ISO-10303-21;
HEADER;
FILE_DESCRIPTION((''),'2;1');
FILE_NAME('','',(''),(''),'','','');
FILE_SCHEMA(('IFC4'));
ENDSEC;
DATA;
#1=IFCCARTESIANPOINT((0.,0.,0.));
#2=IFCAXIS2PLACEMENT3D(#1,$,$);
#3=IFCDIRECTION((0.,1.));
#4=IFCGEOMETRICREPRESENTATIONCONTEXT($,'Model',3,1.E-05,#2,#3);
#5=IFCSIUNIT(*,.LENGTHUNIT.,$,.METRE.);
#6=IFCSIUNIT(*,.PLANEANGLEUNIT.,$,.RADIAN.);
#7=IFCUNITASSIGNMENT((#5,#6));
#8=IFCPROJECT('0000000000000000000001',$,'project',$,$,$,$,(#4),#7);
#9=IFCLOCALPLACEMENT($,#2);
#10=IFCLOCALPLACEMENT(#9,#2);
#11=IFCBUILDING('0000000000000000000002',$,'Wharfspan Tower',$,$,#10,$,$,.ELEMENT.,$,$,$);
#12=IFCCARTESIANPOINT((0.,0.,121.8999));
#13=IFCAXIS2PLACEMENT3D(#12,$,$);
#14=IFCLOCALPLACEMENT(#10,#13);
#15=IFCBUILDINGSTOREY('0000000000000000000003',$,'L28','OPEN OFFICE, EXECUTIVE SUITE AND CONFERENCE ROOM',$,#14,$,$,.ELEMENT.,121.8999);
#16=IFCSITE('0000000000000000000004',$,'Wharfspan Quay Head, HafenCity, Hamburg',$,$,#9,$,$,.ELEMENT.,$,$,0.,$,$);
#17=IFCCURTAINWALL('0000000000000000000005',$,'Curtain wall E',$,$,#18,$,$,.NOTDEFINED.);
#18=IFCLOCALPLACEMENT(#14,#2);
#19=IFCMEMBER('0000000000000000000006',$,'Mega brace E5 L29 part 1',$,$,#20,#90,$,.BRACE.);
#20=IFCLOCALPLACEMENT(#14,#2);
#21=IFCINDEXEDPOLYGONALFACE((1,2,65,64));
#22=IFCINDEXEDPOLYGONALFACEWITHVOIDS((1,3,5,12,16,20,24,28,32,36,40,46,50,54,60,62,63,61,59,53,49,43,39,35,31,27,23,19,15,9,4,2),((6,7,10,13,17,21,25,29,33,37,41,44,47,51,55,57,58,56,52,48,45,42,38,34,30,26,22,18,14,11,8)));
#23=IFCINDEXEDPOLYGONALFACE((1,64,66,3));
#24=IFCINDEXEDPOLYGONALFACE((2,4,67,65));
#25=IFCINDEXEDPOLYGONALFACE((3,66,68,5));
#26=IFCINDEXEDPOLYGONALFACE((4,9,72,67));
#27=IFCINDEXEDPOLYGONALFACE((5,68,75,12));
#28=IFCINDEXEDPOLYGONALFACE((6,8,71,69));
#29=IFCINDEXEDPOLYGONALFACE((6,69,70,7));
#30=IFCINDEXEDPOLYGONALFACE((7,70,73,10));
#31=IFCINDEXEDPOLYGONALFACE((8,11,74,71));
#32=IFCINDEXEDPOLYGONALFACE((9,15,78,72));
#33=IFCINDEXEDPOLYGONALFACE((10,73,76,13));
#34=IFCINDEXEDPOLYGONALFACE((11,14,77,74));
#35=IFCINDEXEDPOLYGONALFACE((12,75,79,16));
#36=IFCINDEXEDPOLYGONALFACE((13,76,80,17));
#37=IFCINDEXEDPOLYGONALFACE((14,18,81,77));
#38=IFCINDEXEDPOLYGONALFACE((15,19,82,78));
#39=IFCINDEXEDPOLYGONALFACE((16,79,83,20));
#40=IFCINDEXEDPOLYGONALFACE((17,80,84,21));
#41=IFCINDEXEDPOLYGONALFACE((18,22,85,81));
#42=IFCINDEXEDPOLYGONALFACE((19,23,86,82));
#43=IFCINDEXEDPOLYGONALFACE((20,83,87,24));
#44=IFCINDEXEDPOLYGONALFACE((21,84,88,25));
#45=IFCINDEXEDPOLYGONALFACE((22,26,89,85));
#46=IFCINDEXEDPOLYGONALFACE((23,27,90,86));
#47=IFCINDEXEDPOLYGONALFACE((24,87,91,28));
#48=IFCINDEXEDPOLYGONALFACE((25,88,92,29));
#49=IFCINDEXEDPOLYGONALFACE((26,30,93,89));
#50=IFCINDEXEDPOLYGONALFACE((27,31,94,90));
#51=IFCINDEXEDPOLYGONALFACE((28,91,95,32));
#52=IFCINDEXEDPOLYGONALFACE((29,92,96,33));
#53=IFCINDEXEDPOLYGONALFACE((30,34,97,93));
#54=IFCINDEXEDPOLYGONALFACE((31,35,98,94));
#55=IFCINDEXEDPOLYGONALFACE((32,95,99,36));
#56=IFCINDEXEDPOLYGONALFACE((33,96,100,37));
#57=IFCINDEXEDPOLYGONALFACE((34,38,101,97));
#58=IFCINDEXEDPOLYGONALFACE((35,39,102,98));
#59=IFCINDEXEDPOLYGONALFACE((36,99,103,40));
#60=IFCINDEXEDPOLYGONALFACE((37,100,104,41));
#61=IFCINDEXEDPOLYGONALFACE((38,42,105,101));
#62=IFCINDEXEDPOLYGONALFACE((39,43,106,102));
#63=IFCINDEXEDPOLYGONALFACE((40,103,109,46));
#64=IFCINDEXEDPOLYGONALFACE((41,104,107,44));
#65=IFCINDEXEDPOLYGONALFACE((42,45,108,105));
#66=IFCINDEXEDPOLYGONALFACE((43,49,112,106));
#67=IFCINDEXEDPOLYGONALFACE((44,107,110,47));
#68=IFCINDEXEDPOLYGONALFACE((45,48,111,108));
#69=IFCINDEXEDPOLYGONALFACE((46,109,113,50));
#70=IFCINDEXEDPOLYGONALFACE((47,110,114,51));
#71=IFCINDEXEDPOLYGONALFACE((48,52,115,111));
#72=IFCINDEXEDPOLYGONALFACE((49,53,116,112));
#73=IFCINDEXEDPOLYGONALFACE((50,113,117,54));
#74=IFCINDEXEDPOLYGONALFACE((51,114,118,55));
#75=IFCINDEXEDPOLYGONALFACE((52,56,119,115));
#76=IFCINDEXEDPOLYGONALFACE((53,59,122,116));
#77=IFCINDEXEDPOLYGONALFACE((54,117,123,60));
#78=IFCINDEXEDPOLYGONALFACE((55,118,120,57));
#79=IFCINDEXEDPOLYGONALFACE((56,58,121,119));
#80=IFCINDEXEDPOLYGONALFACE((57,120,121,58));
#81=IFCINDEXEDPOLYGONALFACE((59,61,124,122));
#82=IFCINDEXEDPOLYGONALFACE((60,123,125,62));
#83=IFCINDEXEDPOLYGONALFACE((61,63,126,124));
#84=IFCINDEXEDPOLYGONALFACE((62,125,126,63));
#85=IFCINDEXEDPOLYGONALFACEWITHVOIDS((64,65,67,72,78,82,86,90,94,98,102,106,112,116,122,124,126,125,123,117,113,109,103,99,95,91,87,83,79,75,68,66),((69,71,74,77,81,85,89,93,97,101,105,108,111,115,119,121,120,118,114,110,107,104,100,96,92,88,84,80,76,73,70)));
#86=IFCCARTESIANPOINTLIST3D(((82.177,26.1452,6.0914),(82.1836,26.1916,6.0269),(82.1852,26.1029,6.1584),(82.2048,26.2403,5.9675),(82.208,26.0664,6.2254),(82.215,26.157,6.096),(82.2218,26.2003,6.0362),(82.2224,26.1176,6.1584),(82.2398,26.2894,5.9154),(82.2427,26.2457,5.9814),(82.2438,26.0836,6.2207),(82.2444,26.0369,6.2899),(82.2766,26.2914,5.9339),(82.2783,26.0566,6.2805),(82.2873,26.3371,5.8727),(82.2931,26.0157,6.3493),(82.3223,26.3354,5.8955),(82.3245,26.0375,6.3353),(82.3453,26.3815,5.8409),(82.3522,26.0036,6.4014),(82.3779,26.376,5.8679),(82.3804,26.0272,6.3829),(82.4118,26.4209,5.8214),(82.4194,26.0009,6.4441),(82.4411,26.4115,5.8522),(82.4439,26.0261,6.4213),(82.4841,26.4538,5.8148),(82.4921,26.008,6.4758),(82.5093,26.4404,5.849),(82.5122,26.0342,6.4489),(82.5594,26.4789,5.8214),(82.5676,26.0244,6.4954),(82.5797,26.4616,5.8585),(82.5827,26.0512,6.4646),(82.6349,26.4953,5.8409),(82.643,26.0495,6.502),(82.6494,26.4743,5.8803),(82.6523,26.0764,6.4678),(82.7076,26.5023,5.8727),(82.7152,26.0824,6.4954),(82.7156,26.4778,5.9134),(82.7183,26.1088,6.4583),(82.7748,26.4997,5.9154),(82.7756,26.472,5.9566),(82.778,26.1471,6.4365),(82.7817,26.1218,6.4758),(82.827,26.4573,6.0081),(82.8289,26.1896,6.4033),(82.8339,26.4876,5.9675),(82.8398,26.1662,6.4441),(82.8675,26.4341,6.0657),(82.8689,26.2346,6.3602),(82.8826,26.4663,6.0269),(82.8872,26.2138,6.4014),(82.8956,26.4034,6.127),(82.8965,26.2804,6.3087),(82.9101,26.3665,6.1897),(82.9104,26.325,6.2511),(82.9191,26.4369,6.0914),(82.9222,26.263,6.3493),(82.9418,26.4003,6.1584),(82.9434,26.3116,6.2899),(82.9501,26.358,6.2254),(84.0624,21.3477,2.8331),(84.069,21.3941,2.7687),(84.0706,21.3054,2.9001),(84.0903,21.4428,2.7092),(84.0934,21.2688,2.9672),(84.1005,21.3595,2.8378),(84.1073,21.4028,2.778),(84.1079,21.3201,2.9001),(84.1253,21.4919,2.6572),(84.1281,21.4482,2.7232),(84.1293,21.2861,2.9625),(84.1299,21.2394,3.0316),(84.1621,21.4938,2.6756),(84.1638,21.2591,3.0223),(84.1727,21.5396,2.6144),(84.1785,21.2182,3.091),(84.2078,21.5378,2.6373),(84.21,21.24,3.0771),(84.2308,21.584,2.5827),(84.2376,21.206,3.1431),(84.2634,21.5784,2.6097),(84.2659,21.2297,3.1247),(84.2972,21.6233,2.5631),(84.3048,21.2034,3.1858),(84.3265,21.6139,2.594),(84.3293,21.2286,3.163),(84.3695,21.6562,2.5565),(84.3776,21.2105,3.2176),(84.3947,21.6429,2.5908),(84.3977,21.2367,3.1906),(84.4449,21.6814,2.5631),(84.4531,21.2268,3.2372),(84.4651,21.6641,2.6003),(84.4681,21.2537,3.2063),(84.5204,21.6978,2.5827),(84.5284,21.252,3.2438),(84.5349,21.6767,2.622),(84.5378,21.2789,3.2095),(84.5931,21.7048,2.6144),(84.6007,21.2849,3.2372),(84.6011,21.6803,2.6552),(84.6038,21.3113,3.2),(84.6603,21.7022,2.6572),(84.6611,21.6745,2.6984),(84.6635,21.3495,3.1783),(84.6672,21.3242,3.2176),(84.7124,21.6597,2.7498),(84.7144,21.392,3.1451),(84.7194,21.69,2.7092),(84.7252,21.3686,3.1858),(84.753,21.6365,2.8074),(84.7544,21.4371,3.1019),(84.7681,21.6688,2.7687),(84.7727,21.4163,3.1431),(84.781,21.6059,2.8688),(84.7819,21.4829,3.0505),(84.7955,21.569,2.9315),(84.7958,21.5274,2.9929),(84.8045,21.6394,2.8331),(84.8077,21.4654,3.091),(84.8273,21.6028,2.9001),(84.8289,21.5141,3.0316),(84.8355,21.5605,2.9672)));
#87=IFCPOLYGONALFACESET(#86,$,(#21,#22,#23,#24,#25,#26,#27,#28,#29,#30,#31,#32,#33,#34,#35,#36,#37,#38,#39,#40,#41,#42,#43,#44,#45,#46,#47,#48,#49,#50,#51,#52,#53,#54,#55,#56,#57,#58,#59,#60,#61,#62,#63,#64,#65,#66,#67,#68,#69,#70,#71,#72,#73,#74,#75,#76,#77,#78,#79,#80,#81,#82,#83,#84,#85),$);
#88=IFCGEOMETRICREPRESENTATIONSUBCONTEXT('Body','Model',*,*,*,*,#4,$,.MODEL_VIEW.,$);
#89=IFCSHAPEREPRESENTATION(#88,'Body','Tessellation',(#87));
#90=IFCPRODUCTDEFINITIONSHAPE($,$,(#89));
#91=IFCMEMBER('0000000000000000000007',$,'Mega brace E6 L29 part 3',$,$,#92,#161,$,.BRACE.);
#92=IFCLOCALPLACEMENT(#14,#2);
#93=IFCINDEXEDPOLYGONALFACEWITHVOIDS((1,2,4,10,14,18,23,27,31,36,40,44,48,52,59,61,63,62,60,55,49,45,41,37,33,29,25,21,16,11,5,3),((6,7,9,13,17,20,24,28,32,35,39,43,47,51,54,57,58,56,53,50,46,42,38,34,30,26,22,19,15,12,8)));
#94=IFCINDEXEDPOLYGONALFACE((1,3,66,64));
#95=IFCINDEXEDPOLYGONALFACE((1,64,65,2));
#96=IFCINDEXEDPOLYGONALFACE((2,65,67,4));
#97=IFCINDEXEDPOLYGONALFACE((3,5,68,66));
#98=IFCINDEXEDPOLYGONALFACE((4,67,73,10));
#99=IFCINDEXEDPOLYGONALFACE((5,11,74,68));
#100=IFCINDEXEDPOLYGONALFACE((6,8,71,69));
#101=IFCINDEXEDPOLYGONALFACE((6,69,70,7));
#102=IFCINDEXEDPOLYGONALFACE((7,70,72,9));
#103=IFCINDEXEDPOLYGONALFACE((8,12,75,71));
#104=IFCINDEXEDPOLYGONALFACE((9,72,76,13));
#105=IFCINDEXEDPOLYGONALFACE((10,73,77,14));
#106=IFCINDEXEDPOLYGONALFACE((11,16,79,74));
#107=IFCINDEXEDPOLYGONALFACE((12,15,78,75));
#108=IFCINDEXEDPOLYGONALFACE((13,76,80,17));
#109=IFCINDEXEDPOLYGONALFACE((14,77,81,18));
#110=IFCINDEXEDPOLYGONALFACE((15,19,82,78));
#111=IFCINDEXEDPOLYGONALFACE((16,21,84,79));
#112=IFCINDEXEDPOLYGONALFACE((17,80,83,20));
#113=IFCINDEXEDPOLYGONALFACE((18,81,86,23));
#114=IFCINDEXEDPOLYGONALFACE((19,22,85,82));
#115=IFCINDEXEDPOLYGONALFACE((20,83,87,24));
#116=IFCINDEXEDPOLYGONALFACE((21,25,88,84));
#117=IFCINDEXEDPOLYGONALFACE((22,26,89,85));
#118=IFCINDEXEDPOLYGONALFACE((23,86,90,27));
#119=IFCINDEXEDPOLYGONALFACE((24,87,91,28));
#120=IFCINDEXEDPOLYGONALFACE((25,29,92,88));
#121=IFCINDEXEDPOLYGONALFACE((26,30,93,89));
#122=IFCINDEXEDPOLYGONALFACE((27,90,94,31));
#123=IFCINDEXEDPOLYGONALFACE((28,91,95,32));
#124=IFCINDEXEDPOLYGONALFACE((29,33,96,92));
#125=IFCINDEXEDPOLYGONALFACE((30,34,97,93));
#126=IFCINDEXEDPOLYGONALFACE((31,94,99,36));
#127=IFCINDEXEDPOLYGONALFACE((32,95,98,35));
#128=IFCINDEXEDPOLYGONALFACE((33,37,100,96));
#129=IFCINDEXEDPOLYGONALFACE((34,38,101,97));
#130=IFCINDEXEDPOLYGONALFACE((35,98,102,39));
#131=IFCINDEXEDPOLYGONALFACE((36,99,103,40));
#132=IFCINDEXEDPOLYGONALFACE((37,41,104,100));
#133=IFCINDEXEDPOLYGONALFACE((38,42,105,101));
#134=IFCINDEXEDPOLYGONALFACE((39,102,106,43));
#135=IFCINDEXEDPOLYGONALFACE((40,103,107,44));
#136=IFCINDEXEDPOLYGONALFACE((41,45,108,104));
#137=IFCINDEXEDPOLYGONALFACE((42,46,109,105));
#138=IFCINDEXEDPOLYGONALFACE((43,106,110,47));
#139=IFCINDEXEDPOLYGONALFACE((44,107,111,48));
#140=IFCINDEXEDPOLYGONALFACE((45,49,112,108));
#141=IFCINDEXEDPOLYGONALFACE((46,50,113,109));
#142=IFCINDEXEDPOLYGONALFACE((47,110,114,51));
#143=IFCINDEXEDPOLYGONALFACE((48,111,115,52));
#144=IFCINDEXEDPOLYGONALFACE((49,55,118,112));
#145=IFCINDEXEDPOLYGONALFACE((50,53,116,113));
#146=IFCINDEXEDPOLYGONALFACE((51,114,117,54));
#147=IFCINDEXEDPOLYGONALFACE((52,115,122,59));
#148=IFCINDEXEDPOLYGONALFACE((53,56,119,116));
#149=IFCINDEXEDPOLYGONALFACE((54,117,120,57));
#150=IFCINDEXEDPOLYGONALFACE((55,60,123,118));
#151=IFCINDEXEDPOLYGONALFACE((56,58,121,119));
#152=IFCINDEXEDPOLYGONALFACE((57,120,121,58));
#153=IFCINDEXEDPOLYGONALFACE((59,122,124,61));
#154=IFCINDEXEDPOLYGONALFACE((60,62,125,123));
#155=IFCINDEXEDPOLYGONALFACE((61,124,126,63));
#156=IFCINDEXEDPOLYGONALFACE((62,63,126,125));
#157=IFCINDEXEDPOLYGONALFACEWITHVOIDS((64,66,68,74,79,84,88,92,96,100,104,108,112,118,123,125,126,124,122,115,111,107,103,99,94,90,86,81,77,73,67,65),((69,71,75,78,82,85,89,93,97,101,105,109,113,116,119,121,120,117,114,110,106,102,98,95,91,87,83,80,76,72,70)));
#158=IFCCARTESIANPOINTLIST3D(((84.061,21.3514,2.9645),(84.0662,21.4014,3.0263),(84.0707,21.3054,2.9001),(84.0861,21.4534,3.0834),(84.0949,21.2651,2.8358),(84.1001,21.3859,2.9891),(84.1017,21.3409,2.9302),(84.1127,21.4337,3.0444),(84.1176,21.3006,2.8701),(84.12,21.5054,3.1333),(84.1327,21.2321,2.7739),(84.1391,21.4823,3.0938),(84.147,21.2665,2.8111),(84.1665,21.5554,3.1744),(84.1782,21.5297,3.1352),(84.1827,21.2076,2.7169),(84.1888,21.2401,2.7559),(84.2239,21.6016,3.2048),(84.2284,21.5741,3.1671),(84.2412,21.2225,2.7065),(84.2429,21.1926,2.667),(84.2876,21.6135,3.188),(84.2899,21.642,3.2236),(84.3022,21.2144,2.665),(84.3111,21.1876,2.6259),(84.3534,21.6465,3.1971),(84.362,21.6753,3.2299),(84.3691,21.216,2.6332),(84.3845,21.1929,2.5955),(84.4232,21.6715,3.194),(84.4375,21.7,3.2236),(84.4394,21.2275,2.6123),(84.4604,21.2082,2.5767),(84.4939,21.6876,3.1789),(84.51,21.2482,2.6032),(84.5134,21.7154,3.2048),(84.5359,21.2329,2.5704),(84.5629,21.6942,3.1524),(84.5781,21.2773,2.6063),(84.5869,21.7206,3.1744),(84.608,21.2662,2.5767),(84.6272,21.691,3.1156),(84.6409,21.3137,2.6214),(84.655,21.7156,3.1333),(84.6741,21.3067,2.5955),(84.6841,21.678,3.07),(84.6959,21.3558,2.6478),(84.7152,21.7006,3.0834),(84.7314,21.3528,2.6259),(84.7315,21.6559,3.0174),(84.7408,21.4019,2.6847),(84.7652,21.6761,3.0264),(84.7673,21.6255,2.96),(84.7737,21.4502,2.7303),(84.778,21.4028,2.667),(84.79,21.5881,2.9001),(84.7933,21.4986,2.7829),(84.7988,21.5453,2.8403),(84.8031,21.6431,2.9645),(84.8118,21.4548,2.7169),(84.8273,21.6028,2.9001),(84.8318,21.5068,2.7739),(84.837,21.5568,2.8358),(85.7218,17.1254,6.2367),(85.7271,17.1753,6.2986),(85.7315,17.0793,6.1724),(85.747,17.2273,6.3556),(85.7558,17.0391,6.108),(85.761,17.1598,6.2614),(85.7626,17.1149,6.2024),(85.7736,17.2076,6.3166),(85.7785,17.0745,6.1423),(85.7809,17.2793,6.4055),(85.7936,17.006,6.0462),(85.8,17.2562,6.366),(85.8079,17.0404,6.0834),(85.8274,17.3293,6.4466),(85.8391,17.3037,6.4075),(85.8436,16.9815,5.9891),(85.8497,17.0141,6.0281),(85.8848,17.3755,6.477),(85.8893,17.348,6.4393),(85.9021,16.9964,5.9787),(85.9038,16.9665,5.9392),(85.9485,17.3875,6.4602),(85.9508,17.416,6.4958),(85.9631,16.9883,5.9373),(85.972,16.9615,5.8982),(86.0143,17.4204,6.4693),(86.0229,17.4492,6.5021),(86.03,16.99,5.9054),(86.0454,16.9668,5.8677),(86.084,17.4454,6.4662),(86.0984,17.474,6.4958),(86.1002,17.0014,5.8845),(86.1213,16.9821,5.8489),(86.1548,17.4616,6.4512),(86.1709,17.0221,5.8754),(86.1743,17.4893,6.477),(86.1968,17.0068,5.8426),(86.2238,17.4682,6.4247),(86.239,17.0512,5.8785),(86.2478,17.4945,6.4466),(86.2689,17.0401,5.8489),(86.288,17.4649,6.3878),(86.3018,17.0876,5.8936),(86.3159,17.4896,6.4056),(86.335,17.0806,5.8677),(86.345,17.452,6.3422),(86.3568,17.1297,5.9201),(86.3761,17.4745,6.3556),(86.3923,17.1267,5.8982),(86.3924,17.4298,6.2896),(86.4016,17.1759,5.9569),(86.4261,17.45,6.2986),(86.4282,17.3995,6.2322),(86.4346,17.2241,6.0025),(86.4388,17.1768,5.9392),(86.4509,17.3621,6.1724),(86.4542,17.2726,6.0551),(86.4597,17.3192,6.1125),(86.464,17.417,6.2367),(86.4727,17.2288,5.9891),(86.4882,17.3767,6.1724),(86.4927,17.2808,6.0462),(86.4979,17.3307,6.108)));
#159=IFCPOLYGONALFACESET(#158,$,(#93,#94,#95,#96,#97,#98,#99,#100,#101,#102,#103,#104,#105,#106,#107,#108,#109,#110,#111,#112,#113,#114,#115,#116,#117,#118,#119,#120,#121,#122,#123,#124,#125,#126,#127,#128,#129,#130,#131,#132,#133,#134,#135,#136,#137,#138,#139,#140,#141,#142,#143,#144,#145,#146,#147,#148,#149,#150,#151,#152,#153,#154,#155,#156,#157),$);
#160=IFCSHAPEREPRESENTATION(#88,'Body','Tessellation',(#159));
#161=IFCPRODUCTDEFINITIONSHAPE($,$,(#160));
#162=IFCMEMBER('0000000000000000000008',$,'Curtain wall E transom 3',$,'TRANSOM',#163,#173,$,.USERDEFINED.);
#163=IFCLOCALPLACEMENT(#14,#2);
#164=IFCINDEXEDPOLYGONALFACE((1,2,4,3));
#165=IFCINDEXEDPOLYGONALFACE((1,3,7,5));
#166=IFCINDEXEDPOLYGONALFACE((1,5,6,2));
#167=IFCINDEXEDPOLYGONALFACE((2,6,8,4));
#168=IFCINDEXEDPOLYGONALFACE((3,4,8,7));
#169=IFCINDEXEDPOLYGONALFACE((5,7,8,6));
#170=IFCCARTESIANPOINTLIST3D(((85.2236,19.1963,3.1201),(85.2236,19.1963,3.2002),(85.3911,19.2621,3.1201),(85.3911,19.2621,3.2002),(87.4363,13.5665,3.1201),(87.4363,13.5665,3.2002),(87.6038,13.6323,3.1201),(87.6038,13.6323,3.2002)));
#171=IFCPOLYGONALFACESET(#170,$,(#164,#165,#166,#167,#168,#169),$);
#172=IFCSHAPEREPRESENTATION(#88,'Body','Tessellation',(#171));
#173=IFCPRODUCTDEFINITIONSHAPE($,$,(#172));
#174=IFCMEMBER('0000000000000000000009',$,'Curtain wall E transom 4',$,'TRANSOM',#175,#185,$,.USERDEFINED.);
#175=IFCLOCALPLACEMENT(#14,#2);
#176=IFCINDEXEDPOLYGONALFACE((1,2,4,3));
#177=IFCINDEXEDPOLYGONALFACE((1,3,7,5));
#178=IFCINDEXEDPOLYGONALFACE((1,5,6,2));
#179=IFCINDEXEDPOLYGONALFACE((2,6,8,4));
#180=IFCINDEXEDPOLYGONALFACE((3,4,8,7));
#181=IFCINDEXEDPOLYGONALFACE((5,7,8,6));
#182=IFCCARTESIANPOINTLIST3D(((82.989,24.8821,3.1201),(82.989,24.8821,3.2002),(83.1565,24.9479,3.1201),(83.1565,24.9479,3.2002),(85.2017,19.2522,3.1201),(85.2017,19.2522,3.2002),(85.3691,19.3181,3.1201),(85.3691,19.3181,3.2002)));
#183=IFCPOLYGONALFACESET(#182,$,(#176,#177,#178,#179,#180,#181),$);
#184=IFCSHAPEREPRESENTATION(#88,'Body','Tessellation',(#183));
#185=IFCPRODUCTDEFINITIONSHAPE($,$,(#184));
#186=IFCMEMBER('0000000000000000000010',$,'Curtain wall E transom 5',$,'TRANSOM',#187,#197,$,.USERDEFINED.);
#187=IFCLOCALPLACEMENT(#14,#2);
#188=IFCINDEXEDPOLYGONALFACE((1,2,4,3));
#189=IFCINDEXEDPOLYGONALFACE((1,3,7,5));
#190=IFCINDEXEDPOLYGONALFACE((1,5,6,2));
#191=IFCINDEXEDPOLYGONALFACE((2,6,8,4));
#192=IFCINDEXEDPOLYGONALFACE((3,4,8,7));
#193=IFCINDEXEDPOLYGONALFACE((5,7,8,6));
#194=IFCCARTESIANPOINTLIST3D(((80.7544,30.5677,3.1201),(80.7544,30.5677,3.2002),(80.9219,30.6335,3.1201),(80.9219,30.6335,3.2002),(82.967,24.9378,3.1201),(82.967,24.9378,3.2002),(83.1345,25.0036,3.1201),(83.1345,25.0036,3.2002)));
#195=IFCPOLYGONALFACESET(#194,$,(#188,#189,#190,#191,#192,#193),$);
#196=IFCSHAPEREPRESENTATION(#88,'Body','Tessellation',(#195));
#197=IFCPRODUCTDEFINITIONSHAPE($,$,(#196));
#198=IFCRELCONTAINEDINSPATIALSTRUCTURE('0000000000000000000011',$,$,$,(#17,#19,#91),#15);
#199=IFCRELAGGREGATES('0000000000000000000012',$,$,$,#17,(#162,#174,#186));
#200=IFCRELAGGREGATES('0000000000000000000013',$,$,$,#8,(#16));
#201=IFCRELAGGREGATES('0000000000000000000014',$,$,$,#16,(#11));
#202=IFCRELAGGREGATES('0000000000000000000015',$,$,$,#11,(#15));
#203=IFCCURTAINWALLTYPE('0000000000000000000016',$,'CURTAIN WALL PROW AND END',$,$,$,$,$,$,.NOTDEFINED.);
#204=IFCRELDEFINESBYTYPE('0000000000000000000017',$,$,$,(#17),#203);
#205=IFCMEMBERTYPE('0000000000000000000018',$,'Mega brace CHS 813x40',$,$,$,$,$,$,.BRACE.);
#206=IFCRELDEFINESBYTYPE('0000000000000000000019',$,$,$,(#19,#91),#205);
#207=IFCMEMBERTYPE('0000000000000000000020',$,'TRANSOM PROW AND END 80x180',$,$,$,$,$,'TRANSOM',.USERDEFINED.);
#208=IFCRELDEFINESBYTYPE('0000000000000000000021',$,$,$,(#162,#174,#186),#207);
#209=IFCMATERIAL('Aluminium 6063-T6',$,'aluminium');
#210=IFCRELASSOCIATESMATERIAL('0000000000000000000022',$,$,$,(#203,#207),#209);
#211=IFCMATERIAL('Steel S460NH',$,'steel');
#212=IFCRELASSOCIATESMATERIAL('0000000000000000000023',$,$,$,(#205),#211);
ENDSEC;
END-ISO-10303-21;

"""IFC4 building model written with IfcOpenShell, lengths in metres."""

from ifc_helpers import new_model, si_unit, direction, frame, origin, origin_2d, place, context, subcontext, project, spatial, rectangle, hollow_circle, extrude, material, material_profile, profile_set, type_object, element, aggregate, save


model = new_model("IFC4")

# Units and contexts
model_context = context("Model", 3, precision=1e-05, world=origin(), true_north=direction((0.0, 1.0)))
body_context = subcontext(model_context, "Body", "Model", "MODEL_VIEW")
ifc_project = project(units=[si_unit("LENGTHUNIT", "METRE"), si_unit("PLANEANGLEUNIT", "RADIAN")], contexts=[model_context])

# Site, building, storey
site_placement = place(None, origin())
site = spatial("IfcSite", under=ifc_project, at=site_placement, Name="Wharfspan Quay Head, HafenCity, Hamburg", CompositionType="ELEMENT", RefElevation=0.0)
building_placement = place(site_placement, origin())
building = spatial("IfcBuilding", under=site, at=building_placement, Name="Wharfspan Tower", CompositionType="ELEMENT")
storey_placement = place(building_placement, frame((0.0, 0.0, 121.8999)))
storey = spatial("IfcBuildingStorey", under=building, at=storey_placement, Name="L28", Description="OPEN OFFICE, EXECUTIVE SUITE AND CONFERENCE ROOM", CompositionType="ELEMENT", Elevation=121.8999)

# Curtain wall
ifc_material_1 = material(Name="Aluminium 6063-T6", Category="aluminium")
curtain_wall_type = type_object("IfcCurtainWallType", Name="CURTAIN WALL PROW AND END", PredefinedType="NOTDEFINED", material=ifc_material_1)
curtain_wall_placement = place(storey_placement, origin())
curtain_wall = element("IfcCurtainWall", 1, at=curtain_wall_placement, inside=storey, type_object=curtain_wall_type, Name="Curtain wall E", PredefinedType="NOTDEFINED")

# Members
ifc_material_2 = material(Name="Steel S460NH", Category="steel")
ifc_material_profile_1 = material_profile(ifc_material_2, hollow_circle(Radius=0.4065, WallThickness=0.04, at=origin_2d()))
ifc_profile_set_1 = profile_set([ifc_material_profile_1], Name="Steel S460NH")
member_type_1 = type_object("IfcMemberType", Name="Mega brace CHS 813x40", PredefinedType="BRACE", material=ifc_profile_set_1)
member_1_placement = place(storey_placement, frame((84.449, 21.4541, 2.9001), z_axis=(-0.309187, 0.786719, 0.534301), x_axis=(-0.930704, -0.365777, 0.000004)))
element("IfcMember", 2, at=member_1_placement, inside=storey, type_object=member_type_1, Name="Mega brace E5 L29 part 1", PredefinedType="BRACE", context=body_context, shape_type="SweptSolid", body=[
    extrude(hollow_circle(Radius=0.4065, WallThickness=0.04, at=origin_2d()), origin(), (0.0, 0.0, 1.0), 6.0981),
])
member_2_placement = place(storey_placement, frame((84.449, 21.4541, 2.9001), z_axis=(0.29675, -0.75507, 0.584645), x_axis=(0.930704, 0.365779, 0.000004)))
element("IfcMember", 3, at=member_2_placement, inside=storey, type_object=member_type_1, Name="Mega brace E6 L29 part 3", PredefinedType="BRACE", context=body_context, shape_type="SweptSolid", body=[
    extrude(hollow_circle(Radius=0.4065, WallThickness=0.04, at=origin_2d()), origin(), (0.0, 0.0, 1.0), 5.5969),
])

# Members
ifc_material_profile_2 = material_profile(ifc_material_1, rectangle(XDim=0.1799, YDim=0.0801, at=origin_2d()))
ifc_profile_set_2 = profile_set([ifc_material_profile_2], Name="Aluminium 6063-T6")
member_type_2 = type_object("IfcMemberType", Name="TRANSOM PROW AND END 80x180", ElementType="TRANSOM", PredefinedType="USERDEFINED", material=ifc_profile_set_2)
member_3_placement = place(storey_placement, frame((87.52, 13.5994, 3.1602), z_axis=(-0.365782, 0.9307, 0.0), x_axis=(-0.9307, -0.365782, 0.0)))
member_3 = element("IfcMember", 4, at=member_3_placement, type_object=member_type_2, Name="Curtain wall E transom 3", ObjectType="TRANSOM", PredefinedType="USERDEFINED", context=body_context, shape_type="SweptSolid", body=[
    extrude(rectangle(XDim=0.1799, YDim=0.0801, at=origin_2d()), origin(), (0.0, 0.0, 1.0), 6.0491),
])
member_4_placement = place(storey_placement, frame((85.2854, 19.2852, 3.1602), z_axis=(-0.365782, 0.9307, 0.0), x_axis=(-0.9307, -0.365782, 0.0)))
member_4 = element("IfcMember", 5, at=member_4_placement, type_object=member_type_2, Name="Curtain wall E transom 4", ObjectType="TRANSOM", PredefinedType="USERDEFINED", context=body_context, shape_type="SweptSolid", body=[
    extrude(rectangle(XDim=0.1799, YDim=0.0801, at=origin_2d()), origin(), (0.0, 0.0, 1.0), 6.0491),
])
member_5_placement = place(storey_placement, frame((83.0508, 24.9707, 3.1602), z_axis=(-0.365782, 0.9307, 0.0), x_axis=(-0.9307, -0.365782, 0.0)))
member_5 = element("IfcMember", 6, at=member_5_placement, type_object=member_type_2, Name="Curtain wall E transom 5", ObjectType="TRANSOM", PredefinedType="USERDEFINED", context=body_context, shape_type="SweptSolid", body=[
    extrude(rectangle(XDim=0.1799, YDim=0.0801, at=origin_2d()), origin(), (0.0, 0.0, 1.0), 6.0491),
])

aggregate(curtain_wall, [member_3, member_4, member_5])

save(model, "model.ifc")
